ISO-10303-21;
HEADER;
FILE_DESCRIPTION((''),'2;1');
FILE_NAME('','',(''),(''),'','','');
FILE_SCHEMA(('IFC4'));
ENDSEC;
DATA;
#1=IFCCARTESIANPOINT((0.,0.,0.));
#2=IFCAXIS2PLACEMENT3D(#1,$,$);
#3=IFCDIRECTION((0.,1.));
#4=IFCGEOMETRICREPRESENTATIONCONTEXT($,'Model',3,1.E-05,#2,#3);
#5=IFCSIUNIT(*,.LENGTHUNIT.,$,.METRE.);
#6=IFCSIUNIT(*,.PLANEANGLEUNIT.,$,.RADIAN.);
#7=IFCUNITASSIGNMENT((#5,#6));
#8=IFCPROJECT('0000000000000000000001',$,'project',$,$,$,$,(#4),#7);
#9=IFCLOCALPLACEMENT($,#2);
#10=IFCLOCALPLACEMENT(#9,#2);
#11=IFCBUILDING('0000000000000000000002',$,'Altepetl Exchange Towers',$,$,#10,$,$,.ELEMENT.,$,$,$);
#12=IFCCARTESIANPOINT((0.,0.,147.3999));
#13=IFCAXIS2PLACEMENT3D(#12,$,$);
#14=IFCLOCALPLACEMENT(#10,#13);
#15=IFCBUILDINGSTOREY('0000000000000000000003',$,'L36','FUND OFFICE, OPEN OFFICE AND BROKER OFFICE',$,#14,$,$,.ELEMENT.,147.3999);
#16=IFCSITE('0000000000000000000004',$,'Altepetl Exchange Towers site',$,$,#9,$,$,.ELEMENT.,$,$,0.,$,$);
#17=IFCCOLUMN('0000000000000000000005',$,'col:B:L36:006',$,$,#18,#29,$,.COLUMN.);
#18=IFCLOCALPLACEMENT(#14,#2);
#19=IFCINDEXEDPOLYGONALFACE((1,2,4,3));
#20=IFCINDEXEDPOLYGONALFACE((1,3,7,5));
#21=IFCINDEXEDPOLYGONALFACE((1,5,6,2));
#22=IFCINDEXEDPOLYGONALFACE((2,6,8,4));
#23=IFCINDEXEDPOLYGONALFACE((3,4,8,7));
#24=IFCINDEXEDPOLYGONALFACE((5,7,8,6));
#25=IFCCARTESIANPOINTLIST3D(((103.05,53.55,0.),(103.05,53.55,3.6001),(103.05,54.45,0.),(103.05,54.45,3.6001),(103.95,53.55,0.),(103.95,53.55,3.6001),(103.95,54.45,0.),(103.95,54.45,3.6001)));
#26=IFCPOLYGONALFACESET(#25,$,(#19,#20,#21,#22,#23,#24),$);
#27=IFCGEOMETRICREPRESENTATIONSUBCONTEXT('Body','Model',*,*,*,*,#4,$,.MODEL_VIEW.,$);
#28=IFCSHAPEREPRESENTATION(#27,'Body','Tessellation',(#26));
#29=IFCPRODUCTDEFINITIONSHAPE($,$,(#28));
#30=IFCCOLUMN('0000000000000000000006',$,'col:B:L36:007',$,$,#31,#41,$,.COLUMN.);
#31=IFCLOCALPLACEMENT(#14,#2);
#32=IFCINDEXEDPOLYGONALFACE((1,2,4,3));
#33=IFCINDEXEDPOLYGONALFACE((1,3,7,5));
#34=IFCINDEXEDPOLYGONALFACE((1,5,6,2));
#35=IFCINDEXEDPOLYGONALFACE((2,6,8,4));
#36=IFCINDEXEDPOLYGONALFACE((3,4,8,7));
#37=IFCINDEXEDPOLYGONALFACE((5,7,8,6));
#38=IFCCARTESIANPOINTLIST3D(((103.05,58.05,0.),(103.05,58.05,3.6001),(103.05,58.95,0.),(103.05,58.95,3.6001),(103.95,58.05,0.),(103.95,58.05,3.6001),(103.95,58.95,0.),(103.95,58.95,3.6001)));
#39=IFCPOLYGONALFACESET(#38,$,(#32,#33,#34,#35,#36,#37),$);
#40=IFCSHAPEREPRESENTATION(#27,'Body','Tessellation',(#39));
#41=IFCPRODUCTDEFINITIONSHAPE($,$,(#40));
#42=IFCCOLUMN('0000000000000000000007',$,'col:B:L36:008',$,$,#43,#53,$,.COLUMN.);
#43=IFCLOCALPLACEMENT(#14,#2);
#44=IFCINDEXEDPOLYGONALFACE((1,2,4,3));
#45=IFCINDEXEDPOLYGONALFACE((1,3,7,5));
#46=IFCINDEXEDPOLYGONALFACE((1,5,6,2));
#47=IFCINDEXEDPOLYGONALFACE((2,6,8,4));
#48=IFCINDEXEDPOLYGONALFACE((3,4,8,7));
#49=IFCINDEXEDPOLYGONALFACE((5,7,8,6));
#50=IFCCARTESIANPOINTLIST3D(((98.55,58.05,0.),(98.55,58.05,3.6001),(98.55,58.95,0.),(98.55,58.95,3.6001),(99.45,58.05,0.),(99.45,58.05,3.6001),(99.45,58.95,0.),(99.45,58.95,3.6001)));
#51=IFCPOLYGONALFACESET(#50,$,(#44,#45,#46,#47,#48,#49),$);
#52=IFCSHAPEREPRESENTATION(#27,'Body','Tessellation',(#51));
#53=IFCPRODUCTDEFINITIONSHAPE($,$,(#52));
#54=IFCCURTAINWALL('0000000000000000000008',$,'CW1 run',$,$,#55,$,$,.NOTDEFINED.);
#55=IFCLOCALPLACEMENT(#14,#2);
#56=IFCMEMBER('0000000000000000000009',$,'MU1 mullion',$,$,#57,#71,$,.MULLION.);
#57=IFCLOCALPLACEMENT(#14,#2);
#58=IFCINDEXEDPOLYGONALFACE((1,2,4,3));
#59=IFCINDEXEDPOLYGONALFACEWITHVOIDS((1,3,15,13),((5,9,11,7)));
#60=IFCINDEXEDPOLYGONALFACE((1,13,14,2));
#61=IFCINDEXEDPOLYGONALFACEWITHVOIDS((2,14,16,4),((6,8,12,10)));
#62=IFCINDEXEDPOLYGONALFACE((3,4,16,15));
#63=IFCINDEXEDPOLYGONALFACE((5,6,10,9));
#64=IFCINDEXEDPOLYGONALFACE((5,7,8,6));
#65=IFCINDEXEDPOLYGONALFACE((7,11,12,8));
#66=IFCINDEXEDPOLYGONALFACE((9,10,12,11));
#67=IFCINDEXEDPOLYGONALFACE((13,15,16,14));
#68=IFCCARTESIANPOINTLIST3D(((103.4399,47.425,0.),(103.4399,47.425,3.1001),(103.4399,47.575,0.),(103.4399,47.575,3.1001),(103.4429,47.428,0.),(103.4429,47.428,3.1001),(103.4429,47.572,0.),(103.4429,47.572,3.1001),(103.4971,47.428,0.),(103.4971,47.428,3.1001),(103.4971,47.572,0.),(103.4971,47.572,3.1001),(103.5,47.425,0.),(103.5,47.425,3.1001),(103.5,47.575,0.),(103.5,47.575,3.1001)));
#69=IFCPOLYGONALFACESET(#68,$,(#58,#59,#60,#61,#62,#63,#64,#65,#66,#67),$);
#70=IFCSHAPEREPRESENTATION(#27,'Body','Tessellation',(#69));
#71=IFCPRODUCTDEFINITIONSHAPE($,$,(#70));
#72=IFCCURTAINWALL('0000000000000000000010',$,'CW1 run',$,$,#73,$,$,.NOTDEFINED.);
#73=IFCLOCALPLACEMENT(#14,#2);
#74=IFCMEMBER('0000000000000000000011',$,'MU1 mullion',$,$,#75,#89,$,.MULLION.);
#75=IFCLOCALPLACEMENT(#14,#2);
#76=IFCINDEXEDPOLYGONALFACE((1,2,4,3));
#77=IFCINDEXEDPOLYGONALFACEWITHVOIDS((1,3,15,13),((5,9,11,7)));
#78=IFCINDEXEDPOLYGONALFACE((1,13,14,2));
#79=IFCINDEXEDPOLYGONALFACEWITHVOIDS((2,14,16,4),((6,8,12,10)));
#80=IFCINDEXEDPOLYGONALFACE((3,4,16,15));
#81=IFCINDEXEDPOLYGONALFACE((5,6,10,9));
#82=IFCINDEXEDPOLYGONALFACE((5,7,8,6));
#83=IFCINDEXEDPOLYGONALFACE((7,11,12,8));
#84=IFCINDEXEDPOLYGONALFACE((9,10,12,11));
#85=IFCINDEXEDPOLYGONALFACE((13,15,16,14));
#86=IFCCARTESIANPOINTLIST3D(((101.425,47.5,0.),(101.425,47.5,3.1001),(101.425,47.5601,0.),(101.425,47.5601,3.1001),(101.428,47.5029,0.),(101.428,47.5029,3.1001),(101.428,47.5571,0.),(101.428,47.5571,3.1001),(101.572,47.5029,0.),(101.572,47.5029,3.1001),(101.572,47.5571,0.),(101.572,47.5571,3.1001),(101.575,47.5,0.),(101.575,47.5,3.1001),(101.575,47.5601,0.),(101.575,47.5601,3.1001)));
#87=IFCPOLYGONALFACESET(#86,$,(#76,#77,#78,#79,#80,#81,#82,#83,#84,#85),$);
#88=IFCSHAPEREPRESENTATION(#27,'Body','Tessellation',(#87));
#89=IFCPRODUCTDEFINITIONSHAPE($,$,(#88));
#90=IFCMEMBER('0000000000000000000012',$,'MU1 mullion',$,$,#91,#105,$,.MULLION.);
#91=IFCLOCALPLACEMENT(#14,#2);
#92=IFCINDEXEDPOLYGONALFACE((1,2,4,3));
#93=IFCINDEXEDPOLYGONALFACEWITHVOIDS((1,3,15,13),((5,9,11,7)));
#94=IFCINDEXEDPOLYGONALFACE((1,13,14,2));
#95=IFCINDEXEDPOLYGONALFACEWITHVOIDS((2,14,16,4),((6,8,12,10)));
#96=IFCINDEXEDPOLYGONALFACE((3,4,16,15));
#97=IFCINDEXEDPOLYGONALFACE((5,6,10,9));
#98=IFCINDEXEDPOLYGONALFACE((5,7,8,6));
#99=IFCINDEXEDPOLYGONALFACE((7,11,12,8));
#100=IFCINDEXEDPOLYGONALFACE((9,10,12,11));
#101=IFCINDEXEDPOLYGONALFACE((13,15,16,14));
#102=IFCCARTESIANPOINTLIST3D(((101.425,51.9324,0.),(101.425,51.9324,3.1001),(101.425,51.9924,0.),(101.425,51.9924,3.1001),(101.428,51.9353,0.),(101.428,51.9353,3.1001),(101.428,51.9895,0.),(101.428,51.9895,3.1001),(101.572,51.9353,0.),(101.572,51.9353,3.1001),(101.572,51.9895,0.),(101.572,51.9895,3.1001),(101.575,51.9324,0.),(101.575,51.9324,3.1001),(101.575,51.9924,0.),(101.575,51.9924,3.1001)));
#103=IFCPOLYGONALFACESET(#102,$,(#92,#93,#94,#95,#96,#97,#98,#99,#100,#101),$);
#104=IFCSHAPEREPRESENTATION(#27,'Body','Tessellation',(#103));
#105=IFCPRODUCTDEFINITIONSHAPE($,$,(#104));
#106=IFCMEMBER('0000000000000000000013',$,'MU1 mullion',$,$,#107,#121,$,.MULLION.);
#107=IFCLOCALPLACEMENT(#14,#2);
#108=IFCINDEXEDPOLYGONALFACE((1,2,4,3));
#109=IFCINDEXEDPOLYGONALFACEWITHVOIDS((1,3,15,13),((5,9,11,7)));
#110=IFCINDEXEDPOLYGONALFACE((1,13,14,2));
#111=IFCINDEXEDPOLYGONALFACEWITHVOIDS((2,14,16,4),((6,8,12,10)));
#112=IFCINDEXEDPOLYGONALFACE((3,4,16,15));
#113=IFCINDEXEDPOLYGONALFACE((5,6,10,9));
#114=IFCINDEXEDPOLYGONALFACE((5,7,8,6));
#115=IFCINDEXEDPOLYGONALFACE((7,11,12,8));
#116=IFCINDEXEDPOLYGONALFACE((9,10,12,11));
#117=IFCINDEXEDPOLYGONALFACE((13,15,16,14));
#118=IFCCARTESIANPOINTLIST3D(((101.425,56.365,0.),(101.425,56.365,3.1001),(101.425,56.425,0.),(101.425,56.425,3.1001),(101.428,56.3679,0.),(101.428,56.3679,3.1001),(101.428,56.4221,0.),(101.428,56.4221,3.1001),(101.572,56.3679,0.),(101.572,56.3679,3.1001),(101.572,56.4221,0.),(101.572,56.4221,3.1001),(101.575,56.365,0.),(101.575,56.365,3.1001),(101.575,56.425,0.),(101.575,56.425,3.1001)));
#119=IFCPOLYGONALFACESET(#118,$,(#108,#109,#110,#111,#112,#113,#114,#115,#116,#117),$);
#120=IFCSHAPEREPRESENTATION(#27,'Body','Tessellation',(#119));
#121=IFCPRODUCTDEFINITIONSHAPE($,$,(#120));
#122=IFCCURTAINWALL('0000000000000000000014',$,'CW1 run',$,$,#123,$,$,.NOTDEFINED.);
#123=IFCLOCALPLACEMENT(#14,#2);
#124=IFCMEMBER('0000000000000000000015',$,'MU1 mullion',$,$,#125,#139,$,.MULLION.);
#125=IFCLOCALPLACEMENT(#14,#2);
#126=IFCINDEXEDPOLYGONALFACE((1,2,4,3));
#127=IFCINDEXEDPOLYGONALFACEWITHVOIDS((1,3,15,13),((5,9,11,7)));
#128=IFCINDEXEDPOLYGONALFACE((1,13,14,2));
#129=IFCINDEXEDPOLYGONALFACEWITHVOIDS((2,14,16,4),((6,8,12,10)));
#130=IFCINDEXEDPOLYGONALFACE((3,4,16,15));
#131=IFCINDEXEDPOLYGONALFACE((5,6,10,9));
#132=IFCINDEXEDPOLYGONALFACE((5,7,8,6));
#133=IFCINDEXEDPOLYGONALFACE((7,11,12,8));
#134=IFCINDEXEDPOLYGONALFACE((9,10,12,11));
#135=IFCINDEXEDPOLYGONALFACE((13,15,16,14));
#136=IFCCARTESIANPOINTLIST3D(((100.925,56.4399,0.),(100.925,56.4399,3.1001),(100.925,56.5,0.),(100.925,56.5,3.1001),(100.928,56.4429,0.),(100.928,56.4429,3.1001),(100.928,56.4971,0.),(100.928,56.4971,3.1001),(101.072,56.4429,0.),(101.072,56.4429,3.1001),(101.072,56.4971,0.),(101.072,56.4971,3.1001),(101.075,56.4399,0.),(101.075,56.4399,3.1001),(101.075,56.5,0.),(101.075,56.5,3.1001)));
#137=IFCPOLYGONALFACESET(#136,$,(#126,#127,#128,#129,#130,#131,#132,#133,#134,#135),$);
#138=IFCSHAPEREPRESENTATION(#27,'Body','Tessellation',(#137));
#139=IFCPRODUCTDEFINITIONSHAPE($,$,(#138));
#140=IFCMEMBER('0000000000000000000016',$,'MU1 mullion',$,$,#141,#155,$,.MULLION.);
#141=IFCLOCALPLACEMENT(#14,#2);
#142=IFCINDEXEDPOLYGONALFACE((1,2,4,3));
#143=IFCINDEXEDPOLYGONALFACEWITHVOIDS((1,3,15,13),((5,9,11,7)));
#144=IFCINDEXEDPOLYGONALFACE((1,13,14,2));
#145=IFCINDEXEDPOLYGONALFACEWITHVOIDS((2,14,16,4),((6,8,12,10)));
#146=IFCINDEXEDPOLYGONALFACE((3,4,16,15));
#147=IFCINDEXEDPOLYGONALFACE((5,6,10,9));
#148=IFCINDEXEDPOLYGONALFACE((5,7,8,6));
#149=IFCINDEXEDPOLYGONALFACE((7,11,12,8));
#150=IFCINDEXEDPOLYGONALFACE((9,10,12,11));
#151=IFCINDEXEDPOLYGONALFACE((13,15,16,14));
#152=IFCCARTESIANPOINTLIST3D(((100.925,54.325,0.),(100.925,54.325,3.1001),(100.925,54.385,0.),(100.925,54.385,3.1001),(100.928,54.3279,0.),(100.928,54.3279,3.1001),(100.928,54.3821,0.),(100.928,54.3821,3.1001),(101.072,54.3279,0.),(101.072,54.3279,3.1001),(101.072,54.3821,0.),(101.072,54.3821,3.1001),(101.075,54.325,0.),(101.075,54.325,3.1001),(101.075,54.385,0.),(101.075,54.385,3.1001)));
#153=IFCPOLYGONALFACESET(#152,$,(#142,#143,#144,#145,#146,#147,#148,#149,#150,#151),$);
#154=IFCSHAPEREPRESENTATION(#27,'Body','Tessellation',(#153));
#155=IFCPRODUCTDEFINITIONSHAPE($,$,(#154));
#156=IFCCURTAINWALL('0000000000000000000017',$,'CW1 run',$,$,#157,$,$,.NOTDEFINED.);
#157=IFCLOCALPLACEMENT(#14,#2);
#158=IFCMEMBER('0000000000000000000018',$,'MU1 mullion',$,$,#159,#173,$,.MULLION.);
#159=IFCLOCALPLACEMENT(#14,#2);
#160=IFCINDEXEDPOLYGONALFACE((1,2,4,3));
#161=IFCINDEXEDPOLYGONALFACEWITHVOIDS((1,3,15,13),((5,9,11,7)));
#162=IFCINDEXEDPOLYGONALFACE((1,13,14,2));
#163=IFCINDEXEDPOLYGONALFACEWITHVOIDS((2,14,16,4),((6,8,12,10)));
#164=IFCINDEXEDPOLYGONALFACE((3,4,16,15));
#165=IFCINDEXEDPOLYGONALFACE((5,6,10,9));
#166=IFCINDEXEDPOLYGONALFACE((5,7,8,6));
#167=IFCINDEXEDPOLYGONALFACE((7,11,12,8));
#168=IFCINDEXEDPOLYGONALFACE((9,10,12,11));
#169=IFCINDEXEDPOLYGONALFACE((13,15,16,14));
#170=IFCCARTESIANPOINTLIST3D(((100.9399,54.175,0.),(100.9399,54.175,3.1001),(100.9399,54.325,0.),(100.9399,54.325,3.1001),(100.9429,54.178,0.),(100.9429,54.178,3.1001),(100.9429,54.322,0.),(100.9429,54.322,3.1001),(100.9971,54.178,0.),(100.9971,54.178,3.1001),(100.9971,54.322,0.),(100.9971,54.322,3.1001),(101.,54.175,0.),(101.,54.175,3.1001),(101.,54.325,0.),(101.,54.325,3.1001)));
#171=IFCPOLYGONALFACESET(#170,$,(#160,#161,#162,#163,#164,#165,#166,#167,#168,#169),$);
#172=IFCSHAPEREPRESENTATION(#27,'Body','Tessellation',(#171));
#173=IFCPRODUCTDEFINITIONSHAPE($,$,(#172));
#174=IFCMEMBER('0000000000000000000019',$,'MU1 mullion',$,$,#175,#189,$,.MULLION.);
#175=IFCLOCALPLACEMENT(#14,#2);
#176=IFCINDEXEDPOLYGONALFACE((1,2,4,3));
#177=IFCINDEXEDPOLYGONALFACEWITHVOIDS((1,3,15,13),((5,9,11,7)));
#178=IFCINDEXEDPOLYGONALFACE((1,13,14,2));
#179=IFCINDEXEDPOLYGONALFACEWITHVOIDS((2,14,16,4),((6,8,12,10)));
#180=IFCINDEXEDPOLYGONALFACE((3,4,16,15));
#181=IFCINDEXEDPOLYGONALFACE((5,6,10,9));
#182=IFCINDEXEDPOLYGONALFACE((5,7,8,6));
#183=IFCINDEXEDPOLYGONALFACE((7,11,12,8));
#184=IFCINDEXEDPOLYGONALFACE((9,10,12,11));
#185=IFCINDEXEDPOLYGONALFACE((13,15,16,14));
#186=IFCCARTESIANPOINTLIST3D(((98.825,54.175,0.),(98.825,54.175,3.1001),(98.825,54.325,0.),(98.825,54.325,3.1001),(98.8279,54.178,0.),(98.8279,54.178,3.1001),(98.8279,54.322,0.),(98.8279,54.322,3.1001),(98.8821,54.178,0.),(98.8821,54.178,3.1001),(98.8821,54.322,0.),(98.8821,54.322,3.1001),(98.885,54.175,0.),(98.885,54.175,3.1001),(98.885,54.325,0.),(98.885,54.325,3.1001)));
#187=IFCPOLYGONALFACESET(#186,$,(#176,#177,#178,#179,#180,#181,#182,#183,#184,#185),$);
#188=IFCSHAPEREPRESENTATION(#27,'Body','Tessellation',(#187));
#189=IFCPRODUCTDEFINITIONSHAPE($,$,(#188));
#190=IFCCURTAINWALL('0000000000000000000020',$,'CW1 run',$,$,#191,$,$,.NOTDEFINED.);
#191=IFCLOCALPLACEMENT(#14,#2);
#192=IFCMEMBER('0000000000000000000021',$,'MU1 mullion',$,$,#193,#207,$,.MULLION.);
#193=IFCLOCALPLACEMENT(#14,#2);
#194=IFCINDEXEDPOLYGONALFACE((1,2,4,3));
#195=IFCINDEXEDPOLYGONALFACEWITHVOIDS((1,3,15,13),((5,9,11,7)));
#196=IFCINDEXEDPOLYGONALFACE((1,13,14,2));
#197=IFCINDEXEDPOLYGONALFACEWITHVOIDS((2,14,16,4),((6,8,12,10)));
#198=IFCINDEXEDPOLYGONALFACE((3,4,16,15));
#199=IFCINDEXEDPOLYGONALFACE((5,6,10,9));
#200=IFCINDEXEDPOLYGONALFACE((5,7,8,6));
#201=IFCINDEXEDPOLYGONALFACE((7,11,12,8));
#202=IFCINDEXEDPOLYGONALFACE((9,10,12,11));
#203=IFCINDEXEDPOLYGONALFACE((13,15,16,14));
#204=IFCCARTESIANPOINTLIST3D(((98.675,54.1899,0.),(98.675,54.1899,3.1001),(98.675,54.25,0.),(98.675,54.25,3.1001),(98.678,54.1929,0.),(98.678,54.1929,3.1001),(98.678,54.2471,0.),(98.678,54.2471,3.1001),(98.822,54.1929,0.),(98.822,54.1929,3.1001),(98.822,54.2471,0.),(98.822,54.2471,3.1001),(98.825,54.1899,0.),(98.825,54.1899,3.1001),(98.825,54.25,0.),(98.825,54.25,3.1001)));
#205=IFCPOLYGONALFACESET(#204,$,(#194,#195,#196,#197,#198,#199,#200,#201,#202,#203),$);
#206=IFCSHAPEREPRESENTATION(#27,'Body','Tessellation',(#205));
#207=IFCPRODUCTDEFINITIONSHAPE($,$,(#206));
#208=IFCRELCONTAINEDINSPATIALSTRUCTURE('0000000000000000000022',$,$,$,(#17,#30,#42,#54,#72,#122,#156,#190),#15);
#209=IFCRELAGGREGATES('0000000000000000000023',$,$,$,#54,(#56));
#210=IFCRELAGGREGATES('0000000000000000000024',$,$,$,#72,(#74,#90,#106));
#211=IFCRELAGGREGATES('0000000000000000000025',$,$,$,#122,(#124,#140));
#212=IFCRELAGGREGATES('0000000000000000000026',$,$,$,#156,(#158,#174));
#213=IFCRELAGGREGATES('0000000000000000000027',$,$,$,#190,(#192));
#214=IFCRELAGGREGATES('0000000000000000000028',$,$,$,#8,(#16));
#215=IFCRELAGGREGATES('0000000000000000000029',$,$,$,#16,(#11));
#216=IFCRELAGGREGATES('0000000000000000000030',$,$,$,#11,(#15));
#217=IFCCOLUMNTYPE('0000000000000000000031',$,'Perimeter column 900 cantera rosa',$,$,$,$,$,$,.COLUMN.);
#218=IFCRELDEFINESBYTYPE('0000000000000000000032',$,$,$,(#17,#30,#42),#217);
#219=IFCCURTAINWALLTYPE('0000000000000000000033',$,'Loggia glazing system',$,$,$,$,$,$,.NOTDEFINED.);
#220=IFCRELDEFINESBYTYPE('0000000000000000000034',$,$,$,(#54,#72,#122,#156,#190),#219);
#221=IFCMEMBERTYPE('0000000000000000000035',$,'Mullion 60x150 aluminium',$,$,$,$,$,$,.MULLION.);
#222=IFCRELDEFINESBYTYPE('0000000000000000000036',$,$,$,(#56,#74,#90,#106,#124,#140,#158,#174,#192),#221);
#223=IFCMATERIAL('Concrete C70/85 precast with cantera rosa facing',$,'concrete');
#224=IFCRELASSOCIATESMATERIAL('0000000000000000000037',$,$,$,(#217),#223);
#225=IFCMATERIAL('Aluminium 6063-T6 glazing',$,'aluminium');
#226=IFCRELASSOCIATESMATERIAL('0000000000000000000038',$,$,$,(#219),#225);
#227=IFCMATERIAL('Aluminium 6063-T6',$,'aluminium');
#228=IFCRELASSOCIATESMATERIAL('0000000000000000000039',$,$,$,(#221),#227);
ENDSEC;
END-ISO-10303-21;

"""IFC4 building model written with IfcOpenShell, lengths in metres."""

from ifc_helpers import new_model, si_unit, direction, frame, origin, origin_2d, place, context, subcontext, project, spatial, rectangle, hollow_rectangle, extrude, material, material_profile, profile_set, type_object, element, aggregate, save


model = new_model("IFC4")

# Units and contexts
model_context = context("Model", 3, precision=1e-05, world=origin(), true_north=direction((0.0, 1.0)))
body_context = subcontext(model_context, "Body", "Model", "MODEL_VIEW")
ifc_project = project(units=[si_unit("LENGTHUNIT", "METRE"), si_unit("PLANEANGLEUNIT", "RADIAN")], contexts=[model_context])

# Site, building, storey
site_placement = place(None, origin())
site = spatial("IfcSite", under=ifc_project, at=site_placement, Name="Altepetl Exchange Towers site", CompositionType="ELEMENT", RefElevation=0.0)
building_placement = place(site_placement, origin())
building = spatial("IfcBuilding", under=site, at=building_placement, Name="Altepetl Exchange Towers", CompositionType="ELEMENT")
storey_placement = place(building_placement, frame((0.0, 0.0, 147.3999)))
storey = spatial("IfcBuildingStorey", under=building, at=storey_placement, Name="L36", Description="FUND OFFICE, OPEN OFFICE AND BROKER OFFICE", CompositionType="ELEMENT", Elevation=147.3999)

# Columns
ifc_material_1 = material(Name="Concrete C70/85 precast with cantera rosa facing", Category="concrete")
ifc_material_profile_1 = material_profile(ifc_material_1, rectangle(XDim=0.8999, YDim=0.8999, at=origin_2d()), Name="900 x 900")
ifc_profile_set_1 = profile_set([ifc_material_profile_1], Name="Concrete C70/85 precast with cantera rosa facing")
column_type = type_object("IfcColumnType", Name="Perimeter column 900 cantera rosa", PredefinedType="COLUMN", material=ifc_profile_set_1)
for number, where, name in (
    (1, (103.5, 54.0, 0.0), "col:B:L36:006"),
    (2, (103.5, 58.5, 0.0), "col:B:L36:007"),
    (3, (99.0, 58.5, 0.0), "col:B:L36:008"),
):
    element("IfcColumn", number, at=place(storey_placement, frame(where)), inside=storey, type_object=column_type, Name=name, PredefinedType="COLUMN", context=body_context, shape_type="SweptSolid", body=[
        extrude(rectangle(XDim=0.8999, YDim=0.8999, at=origin_2d()), origin(), (0.0, 0.0, 1.0), 3.6001),
    ])

# Curtain wall, member
ifc_material_2 = material(Name="Aluminium 6063-T6 glazing", Category="aluminium")
curtain_wall_type = type_object("IfcCurtainWallType", Name="Loggia glazing system", PredefinedType="NOTDEFINED", material=ifc_material_2)
curtain_wall_1_placement = place(storey_placement, origin())
curtain_wall_1 = element("IfcCurtainWall", 4, at=curtain_wall_1_placement, inside=storey, type_object=curtain_wall_type, Name="CW1 run", PredefinedType="NOTDEFINED")
ifc_material_3 = material(Name="Aluminium 6063-T6", Category="aluminium")
ifc_material_profile_2 = material_profile(ifc_material_3, hollow_rectangle(XDim=0.0601, YDim=0.1499, WallThickness=0.0029, at=origin_2d()), Name="Mullion 60x150 aluminium")
ifc_profile_set_2 = profile_set([ifc_material_profile_2], Name="Aluminium 6063-T6")
member_type = type_object("IfcMemberType", Name="Mullion 60x150 aluminium", PredefinedType="MULLION", material=ifc_profile_set_2)
member_1_placement = place(storey_placement, frame((103.47, 47.5, 0.0), z_axis=(0.0, 0.0, 1.0), x_axis=(-1.0, 0.0, 0.0)))
member_1 = element("IfcMember", 5, at=member_1_placement, type_object=member_type, Name="MU1 mullion", PredefinedType="MULLION", context=body_context, shape_type="SweptSolid", body=[
    extrude(hollow_rectangle(XDim=0.0601, YDim=0.1499, WallThickness=0.0029, at=origin_2d()), origin(), (0.0, 0.0, 1.0), 3.1001),
])
aggregate(curtain_wall_1, [member_1])

# Curtain walls, members
curtain_wall_2_placement = place(storey_placement, origin())
curtain_wall_2 = element("IfcCurtainWall", 6, at=curtain_wall_2_placement, inside=storey, type_object=curtain_wall_type, Name="CW1 run", PredefinedType="NOTDEFINED")
member_2_placement = place(storey_placement, frame((101.5, 47.53, 0.0), z_axis=(0.0, 0.0, 1.0), x_axis=(0.0, 1.0, 0.0)))
member_2 = element("IfcMember", 7, at=member_2_placement, type_object=member_type, Name="MU1 mullion", PredefinedType="MULLION", context=body_context, shape_type="SweptSolid", body=[
    extrude(hollow_rectangle(XDim=0.0601, YDim=0.1499, WallThickness=0.0029, at=origin_2d()), origin(), (0.0, 0.0, 1.0), 3.1001),
])
member_3_placement = place(storey_placement, frame((101.5, 51.9624, 0.0), z_axis=(0.0, 0.0, 1.0), x_axis=(0.0, 1.0, 0.0)))
member_3 = element("IfcMember", 8, at=member_3_placement, type_object=member_type, Name="MU1 mullion", PredefinedType="MULLION", context=body_context, shape_type="SweptSolid", body=[
    extrude(hollow_rectangle(XDim=0.0601, YDim=0.1499, WallThickness=0.0029, at=origin_2d()), origin(), (0.0, 0.0, 1.0), 3.1001),
])
member_4_placement = place(storey_placement, frame((101.5, 56.395, 0.0), z_axis=(0.0, 0.0, 1.0), x_axis=(0.0, 1.0, 0.0)))
member_4 = element("IfcMember", 9, at=member_4_placement, type_object=member_type, Name="MU1 mullion", PredefinedType="MULLION", context=body_context, shape_type="SweptSolid", body=[
    extrude(hollow_rectangle(XDim=0.0601, YDim=0.1499, WallThickness=0.0029, at=origin_2d()), origin(), (0.0, 0.0, 1.0), 3.1001),
])
curtain_wall_3_placement = place(storey_placement, origin())
curtain_wall_3 = element("IfcCurtainWall", 10, at=curtain_wall_3_placement, inside=storey, type_object=curtain_wall_type, Name="CW1 run", PredefinedType="NOTDEFINED")
member_5_placement = place(storey_placement, frame((101.0, 56.47, 0.0), z_axis=(0.0, 0.0, 1.0), x_axis=(0.0, -1.0, 0.0)))
member_5 = element("IfcMember", 11, at=member_5_placement, type_object=member_type, Name="MU1 mullion", PredefinedType="MULLION", context=body_context, shape_type="SweptSolid", body=[
    extrude(hollow_rectangle(XDim=0.0601, YDim=0.1499, WallThickness=0.0029, at=origin_2d()), origin(), (0.0, 0.0, 1.0), 3.1001),
])
member_6_placement = place(storey_placement, frame((101.0, 54.355, 0.0), z_axis=(0.0, 0.0, 1.0), x_axis=(0.0, -1.0, 0.0)))
member_6 = element("IfcMember", 12, at=member_6_placement, type_object=member_type, Name="MU1 mullion", PredefinedType="MULLION", context=body_context, shape_type="SweptSolid", body=[
    extrude(hollow_rectangle(XDim=0.0601, YDim=0.1499, WallThickness=0.0029, at=origin_2d()), origin(), (0.0, 0.0, 1.0), 3.1001),
])
curtain_wall_4_placement = place(storey_placement, origin())
curtain_wall_4 = element("IfcCurtainWall", 13, at=curtain_wall_4_placement, inside=storey, type_object=curtain_wall_type, Name="CW1 run", PredefinedType="NOTDEFINED")
member_7_placement = place(storey_placement, frame((100.97, 54.25, 0.0), z_axis=(0.0, 0.0, 1.0), x_axis=(-1.0, 0.0, 0.0)))
member_7 = element("IfcMember", 14, at=member_7_placement, type_object=member_type, Name="MU1 mullion", PredefinedType="MULLION", context=body_context, shape_type="SweptSolid", body=[
    extrude(hollow_rectangle(XDim=0.0601, YDim=0.1499, WallThickness=0.0029, at=origin_2d()), origin(), (0.0, 0.0, 1.0), 3.1001),
])
member_8_placement = place(storey_placement, frame((98.855, 54.25, 0.0), z_axis=(0.0, 0.0, 1.0), x_axis=(-1.0, 0.0, 0.0)))
member_8 = element("IfcMember", 15, at=member_8_placement, type_object=member_type, Name="MU1 mullion", PredefinedType="MULLION", context=body_context, shape_type="SweptSolid", body=[
    extrude(hollow_rectangle(XDim=0.0601, YDim=0.1499, WallThickness=0.0029, at=origin_2d()), origin(), (0.0, 0.0, 1.0), 3.1001),
])
curtain_wall_5_placement = place(storey_placement, origin())
curtain_wall_5 = element("IfcCurtainWall", 16, at=curtain_wall_5_placement, inside=storey, type_object=curtain_wall_type, Name="CW1 run", PredefinedType="NOTDEFINED")
member_9_placement = place(storey_placement, frame((98.75, 54.22, 0.0), z_axis=(0.0, 0.0, 1.0), x_axis=(0.0, -1.0, 0.0)))
member_9 = element("IfcMember", 17, at=member_9_placement, type_object=member_type, Name="MU1 mullion", PredefinedType="MULLION", context=body_context, shape_type="SweptSolid", body=[
    extrude(hollow_rectangle(XDim=0.0601, YDim=0.1499, WallThickness=0.0029, at=origin_2d()), origin(), (0.0, 0.0, 1.0), 3.1001),
])

aggregate(curtain_wall_2, [member_2, member_3, member_4])
aggregate(curtain_wall_3, [member_5, member_6])
aggregate(curtain_wall_4, [member_7, member_8])
aggregate(curtain_wall_5, [member_9])

save(model, "model.ifc")
